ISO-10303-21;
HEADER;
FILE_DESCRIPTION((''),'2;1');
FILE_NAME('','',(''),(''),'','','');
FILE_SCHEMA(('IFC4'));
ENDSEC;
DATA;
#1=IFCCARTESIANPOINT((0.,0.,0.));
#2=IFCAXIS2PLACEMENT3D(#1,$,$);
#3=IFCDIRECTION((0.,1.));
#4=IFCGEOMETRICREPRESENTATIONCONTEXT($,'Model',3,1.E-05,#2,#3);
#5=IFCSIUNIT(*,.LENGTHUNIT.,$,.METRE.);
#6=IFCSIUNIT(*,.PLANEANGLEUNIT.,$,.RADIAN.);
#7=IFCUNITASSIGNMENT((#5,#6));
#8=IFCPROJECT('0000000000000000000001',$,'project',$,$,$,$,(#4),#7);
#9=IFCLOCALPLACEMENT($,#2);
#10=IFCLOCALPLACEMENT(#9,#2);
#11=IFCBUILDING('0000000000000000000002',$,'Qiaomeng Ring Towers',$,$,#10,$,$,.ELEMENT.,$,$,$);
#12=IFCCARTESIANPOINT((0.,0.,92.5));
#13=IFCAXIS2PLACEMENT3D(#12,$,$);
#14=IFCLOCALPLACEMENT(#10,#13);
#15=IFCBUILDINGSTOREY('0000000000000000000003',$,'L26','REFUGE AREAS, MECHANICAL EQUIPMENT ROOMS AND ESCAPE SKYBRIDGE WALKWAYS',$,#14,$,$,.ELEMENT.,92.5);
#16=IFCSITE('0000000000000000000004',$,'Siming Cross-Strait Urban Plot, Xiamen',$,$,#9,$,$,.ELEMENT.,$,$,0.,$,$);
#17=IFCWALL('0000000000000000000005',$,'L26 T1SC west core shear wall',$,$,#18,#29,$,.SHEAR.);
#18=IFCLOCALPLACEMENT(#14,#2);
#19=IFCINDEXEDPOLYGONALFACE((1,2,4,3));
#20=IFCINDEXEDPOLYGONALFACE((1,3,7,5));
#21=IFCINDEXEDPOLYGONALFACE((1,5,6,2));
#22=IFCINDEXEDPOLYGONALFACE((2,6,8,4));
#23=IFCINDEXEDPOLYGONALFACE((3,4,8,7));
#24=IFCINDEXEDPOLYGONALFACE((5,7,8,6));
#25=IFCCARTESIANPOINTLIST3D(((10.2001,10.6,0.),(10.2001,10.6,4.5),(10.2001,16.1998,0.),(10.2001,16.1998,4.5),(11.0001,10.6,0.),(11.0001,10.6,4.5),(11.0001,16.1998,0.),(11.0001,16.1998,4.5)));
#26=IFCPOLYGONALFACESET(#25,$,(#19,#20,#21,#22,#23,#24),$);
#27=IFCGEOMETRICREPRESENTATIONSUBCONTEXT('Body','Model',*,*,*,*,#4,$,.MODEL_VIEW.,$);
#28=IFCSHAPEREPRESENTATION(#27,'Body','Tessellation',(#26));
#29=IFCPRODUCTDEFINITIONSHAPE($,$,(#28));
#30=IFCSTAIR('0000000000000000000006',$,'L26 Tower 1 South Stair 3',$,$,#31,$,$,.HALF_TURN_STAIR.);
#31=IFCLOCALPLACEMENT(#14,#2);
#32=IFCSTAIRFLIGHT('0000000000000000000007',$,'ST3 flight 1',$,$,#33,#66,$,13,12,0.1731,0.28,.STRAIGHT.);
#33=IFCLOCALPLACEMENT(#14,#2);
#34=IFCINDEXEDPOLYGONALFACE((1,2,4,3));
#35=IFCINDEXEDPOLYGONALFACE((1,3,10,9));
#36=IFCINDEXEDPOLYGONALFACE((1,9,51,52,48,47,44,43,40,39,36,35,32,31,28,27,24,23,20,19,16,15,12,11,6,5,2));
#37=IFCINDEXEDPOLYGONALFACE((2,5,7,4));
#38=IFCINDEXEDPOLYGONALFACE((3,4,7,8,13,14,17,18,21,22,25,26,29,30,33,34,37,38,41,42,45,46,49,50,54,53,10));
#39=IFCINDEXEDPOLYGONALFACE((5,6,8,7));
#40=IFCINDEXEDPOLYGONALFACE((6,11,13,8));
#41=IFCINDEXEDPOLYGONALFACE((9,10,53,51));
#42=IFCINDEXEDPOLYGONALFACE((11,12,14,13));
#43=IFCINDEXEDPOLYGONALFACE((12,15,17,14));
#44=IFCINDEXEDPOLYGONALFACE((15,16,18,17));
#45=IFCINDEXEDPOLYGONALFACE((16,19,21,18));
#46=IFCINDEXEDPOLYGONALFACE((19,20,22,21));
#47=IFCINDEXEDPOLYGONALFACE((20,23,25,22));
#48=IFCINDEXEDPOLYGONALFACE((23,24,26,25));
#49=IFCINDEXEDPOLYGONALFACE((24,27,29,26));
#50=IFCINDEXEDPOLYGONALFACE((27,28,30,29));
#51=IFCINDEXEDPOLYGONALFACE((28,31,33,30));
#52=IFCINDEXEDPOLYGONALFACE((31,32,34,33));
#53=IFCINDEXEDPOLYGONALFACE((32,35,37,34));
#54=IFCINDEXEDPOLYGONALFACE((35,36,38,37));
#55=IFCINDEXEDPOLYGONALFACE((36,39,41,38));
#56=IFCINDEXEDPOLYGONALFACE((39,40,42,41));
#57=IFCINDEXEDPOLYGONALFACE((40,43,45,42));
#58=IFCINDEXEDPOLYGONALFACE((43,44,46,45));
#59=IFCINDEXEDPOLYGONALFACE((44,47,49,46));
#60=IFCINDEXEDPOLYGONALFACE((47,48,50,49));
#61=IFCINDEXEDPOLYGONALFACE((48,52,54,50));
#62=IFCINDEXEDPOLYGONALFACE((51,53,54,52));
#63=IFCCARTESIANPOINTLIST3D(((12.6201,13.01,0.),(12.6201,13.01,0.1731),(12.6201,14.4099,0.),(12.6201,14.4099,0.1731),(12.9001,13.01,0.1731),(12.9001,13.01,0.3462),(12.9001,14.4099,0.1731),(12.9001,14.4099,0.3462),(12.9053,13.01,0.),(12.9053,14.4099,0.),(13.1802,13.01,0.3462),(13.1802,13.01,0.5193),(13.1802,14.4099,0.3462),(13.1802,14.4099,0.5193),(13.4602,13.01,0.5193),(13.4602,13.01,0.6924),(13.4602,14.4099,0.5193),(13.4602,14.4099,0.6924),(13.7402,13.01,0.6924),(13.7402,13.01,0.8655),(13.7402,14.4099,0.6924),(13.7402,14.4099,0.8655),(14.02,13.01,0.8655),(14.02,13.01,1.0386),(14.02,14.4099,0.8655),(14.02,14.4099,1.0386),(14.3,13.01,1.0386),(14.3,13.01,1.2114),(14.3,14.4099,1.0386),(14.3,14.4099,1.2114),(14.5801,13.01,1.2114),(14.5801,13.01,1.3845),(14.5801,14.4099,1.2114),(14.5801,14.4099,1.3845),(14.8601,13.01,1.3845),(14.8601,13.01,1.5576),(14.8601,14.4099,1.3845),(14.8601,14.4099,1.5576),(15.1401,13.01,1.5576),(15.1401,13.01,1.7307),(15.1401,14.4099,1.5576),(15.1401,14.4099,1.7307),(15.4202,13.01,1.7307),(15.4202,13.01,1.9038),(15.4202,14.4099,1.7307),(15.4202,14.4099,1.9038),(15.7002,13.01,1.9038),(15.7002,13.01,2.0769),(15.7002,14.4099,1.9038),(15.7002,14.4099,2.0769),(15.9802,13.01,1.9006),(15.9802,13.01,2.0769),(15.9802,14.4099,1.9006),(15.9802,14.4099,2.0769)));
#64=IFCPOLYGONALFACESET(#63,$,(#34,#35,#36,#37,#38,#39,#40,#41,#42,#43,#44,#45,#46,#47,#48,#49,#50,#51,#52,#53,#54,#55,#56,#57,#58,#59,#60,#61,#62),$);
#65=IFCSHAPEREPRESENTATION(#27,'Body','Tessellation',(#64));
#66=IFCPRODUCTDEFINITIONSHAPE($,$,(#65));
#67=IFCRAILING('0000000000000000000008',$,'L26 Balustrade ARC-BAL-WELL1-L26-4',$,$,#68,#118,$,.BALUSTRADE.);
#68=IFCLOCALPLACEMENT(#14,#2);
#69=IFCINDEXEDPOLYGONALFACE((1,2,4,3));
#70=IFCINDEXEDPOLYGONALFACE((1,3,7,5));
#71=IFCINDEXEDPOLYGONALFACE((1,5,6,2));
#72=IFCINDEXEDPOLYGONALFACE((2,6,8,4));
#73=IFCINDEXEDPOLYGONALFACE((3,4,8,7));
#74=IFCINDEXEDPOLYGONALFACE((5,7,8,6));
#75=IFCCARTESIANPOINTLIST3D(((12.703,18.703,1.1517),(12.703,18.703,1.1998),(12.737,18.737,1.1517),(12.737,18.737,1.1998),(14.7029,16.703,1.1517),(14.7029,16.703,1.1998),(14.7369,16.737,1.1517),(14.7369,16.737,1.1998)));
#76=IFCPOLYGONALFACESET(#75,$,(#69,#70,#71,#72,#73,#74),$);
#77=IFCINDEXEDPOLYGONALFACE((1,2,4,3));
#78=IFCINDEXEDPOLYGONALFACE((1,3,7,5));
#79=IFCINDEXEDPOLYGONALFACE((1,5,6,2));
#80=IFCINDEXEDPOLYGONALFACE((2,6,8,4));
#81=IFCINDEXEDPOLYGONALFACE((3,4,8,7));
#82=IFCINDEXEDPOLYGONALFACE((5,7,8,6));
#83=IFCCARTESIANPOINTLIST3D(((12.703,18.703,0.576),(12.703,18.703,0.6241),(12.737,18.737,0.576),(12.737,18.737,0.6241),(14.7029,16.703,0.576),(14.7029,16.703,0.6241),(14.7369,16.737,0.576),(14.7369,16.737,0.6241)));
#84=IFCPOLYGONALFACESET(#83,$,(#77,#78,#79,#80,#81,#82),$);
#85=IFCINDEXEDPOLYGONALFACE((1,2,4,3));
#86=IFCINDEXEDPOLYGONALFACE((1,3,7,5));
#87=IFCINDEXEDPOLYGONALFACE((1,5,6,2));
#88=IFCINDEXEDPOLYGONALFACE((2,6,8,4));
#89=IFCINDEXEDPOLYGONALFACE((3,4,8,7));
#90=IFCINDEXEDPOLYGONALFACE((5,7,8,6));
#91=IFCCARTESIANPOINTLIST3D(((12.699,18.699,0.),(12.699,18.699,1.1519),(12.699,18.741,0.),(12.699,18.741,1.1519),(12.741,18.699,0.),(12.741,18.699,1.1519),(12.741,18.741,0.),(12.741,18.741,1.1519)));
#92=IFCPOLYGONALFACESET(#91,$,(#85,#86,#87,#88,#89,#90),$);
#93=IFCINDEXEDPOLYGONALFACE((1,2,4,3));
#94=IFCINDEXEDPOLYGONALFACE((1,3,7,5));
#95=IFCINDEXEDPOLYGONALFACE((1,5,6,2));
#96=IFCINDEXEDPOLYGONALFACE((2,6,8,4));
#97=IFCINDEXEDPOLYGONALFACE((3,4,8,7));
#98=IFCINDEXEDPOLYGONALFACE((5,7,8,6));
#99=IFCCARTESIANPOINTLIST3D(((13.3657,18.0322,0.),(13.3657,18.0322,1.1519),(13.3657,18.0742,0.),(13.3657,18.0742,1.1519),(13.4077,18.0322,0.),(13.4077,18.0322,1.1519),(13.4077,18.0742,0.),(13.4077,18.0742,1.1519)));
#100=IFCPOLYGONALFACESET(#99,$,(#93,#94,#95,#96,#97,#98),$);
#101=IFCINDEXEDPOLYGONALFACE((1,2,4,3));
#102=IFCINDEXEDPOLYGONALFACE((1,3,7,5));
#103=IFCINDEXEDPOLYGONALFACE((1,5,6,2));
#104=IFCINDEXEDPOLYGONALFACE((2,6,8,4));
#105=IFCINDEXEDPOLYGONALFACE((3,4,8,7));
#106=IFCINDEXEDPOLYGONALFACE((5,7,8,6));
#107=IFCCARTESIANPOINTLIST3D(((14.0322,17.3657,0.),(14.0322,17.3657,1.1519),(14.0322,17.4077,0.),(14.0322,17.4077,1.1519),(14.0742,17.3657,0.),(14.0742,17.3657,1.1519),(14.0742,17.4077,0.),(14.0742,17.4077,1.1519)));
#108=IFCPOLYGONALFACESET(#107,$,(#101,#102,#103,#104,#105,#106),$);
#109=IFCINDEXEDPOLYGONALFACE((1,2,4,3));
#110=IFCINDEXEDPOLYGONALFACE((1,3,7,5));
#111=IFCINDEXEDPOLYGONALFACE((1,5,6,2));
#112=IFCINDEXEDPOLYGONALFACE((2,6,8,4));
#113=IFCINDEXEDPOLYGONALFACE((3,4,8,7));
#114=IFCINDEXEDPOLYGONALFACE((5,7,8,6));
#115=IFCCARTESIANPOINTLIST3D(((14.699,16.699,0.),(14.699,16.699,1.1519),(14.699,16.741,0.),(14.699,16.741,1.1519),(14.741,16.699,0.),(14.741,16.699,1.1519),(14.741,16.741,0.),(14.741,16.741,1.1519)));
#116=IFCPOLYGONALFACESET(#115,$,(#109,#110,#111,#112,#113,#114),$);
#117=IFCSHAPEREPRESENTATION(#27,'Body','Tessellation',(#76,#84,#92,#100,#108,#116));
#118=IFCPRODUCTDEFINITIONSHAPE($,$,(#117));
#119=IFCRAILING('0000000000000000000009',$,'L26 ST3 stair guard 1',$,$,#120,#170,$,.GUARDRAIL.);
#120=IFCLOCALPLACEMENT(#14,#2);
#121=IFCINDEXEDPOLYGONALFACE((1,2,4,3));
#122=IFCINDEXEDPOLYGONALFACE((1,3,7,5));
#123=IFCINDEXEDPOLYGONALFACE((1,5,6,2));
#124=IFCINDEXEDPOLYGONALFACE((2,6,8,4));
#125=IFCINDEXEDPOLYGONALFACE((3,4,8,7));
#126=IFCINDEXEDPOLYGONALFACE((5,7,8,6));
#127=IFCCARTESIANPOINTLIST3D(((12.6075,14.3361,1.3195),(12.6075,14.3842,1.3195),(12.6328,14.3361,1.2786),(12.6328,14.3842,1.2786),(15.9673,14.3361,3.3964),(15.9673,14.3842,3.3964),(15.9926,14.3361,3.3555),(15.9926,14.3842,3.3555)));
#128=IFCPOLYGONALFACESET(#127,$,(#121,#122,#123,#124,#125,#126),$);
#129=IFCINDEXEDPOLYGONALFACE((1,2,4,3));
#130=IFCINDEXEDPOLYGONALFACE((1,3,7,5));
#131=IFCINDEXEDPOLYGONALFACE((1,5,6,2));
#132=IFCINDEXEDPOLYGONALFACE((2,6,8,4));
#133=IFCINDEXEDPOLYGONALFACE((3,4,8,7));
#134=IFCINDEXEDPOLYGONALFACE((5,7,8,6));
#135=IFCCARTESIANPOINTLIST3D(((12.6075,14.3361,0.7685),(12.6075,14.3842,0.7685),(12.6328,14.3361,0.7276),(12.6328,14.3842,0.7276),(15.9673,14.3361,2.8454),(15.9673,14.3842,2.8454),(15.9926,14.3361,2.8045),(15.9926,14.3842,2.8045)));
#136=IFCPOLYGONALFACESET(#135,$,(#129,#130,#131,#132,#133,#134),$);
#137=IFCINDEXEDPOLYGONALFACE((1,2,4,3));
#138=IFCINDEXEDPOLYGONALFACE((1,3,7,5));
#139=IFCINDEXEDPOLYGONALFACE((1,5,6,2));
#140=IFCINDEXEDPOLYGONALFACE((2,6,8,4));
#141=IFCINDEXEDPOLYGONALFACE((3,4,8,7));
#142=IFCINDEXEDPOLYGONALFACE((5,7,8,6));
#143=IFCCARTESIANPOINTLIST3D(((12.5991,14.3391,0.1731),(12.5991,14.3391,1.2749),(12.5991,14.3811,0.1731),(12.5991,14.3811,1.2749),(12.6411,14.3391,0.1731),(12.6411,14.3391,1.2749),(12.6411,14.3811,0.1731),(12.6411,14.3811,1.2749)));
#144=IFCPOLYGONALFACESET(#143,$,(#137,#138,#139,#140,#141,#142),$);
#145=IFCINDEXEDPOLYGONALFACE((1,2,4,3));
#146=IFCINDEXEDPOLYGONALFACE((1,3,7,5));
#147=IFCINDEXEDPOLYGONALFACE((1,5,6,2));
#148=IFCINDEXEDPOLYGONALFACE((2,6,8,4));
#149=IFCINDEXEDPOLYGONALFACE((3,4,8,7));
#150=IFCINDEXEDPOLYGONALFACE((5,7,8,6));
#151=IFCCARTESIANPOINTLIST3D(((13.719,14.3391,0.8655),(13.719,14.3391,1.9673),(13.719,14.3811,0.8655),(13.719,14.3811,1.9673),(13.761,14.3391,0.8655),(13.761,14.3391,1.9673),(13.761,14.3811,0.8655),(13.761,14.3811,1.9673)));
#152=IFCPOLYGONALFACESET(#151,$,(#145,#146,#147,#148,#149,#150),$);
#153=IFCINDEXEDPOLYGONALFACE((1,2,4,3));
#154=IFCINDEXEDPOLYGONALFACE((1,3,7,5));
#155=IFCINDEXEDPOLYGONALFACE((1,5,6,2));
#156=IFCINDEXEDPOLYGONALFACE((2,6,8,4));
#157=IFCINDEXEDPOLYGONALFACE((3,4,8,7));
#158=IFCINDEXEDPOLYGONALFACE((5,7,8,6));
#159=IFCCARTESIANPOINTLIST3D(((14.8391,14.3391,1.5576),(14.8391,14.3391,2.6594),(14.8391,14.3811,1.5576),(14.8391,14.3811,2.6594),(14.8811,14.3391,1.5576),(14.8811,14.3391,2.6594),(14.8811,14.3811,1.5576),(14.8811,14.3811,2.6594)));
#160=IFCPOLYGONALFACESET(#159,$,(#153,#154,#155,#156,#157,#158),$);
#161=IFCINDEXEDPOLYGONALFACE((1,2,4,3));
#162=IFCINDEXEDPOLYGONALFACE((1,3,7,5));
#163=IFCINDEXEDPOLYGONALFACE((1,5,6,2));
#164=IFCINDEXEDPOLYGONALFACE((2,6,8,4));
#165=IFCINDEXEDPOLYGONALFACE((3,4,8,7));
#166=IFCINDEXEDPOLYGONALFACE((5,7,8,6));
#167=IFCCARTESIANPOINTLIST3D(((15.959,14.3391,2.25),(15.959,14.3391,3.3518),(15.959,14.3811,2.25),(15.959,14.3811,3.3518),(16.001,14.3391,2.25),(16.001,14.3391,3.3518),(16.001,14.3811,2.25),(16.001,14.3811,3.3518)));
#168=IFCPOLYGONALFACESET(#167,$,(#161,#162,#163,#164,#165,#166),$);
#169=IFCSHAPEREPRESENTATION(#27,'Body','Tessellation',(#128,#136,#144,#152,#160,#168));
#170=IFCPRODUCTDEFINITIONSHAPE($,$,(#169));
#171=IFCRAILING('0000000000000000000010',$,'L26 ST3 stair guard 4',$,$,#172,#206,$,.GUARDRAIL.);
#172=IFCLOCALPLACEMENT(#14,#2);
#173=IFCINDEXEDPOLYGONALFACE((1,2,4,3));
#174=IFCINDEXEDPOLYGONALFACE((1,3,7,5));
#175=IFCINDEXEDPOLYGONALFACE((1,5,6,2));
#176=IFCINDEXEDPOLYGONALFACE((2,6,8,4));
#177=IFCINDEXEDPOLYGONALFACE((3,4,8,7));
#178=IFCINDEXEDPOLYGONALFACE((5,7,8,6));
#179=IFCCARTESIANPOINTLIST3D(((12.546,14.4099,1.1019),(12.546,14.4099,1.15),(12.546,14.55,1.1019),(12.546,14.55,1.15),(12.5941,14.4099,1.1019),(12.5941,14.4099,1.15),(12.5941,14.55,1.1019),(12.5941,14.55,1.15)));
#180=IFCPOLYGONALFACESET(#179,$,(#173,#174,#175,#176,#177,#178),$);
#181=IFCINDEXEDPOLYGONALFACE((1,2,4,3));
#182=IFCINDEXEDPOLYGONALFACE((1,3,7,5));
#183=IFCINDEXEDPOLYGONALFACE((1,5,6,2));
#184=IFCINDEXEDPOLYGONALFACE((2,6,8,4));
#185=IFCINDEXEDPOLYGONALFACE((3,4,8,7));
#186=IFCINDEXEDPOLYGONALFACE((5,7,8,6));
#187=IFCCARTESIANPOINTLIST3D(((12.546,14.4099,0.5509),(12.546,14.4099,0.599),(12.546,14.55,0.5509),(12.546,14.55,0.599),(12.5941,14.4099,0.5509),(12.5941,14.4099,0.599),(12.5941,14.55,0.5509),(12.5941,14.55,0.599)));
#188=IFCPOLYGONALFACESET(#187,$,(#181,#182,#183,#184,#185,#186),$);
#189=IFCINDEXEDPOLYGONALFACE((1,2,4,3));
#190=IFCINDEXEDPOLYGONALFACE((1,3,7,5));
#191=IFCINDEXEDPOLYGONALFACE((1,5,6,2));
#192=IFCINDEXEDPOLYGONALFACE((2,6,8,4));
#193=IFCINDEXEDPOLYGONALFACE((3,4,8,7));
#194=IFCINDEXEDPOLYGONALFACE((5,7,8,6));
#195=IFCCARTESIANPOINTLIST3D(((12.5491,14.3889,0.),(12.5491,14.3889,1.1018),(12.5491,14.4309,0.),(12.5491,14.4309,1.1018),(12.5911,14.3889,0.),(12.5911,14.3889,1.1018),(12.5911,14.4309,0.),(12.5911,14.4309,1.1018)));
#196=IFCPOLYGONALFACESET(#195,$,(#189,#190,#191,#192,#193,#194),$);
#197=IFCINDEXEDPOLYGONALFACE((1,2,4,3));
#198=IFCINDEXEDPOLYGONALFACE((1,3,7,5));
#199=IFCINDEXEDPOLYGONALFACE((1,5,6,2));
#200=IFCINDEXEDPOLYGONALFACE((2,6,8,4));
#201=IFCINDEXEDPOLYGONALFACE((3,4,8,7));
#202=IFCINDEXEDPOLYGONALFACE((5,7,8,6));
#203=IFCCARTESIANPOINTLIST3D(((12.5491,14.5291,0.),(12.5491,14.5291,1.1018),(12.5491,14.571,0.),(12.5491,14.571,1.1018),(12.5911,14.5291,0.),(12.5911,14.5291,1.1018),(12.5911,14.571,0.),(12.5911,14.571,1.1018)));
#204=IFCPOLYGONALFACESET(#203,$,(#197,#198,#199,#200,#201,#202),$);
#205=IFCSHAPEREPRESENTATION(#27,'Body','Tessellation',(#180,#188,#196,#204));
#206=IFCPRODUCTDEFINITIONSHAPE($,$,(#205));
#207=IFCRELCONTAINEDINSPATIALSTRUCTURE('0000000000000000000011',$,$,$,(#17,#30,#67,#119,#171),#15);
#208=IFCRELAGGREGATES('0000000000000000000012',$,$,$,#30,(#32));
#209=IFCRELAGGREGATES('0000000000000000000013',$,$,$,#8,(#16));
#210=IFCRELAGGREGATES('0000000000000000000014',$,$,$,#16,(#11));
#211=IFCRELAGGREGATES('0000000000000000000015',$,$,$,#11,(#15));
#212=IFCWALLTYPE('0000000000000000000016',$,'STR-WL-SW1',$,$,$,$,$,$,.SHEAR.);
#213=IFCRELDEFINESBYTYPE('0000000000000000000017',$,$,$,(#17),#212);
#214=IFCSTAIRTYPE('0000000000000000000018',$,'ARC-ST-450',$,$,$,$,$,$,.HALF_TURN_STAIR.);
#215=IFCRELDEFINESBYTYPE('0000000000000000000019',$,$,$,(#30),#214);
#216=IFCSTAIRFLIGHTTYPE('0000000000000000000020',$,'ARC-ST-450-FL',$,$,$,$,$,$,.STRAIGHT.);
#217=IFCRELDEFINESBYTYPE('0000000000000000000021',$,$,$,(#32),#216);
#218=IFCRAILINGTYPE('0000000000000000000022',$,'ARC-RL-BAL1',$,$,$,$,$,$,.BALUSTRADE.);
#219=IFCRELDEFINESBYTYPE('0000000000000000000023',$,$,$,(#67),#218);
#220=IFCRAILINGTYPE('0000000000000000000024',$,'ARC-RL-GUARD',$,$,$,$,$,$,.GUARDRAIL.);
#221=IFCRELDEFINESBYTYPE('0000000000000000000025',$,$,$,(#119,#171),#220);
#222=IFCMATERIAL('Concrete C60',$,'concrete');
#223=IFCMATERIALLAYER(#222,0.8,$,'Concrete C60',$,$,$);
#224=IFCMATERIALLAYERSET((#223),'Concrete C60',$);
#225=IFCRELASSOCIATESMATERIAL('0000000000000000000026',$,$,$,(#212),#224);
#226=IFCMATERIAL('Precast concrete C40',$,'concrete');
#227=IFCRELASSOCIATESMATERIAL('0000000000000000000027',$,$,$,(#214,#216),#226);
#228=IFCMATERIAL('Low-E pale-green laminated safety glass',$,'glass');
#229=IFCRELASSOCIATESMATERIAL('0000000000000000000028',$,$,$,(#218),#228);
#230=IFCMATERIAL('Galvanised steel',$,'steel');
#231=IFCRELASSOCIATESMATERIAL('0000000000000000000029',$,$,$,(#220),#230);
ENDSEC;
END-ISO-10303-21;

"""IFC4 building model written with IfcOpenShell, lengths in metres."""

from ifc_helpers import new_model, si_unit, direction, frame, frame_2d, origin, origin_2d, place, context, subcontext, project, spatial, polyline, rectangle, outline, extrude, source, transform, mapped, material, layer, layer_set, type_object, element, aggregate, save


model = new_model("IFC4")

# Units and contexts
model_context = context("Model", 3, precision=1e-05, world=origin(), true_north=direction((0.0, 1.0)))
body_context = subcontext(model_context, "Body", "Model", "MODEL_VIEW")
ifc_project = project(units=[si_unit("LENGTHUNIT", "METRE"), si_unit("PLANEANGLEUNIT", "RADIAN")], contexts=[model_context])

# Site, building, storey
site_placement = place(None, origin())
site = spatial("IfcSite", under=ifc_project, at=site_placement, Name="Siming Cross-Strait Urban Plot, Xiamen", CompositionType="ELEMENT", RefElevation=0.0)
building_placement = place(site_placement, origin())
building = spatial("IfcBuilding", under=site, at=building_placement, Name="Qiaomeng Ring Towers", CompositionType="ELEMENT")
storey_placement = place(building_placement, frame((0.0, 0.0, 92.5)))
storey = spatial("IfcBuildingStorey", under=building, at=storey_placement, Name="L26", Description="REFUGE AREAS, MECHANICAL EQUIPMENT ROOMS AND ESCAPE SKYBRIDGE WALKWAYS", CompositionType="ELEMENT", Elevation=92.5)

# Shared definitions
ifc_material_1 = material(Name="Galvanised steel", Category="steel")

# Shared definitions
ifc_material_2 = material(Name="Concrete C60", Category="concrete")
ifc_layer_1 = layer(ifc_material_2, 0.8, Name="Concrete C60")
ifc_layer_set_1 = layer_set([ifc_layer_1], Name="Concrete C60")
wall_type_1 = type_object("IfcWallType", Name="STR-WL-SW1", PredefinedType="SHEAR", material=ifc_layer_set_1)

# Wall
wall_1_placement = place(storey_placement, frame((10.6001, 10.6001, 0.0), z_axis=(0.0, 0.0, 1.0), x_axis=(0.0, 1.0, 0.0)))
element("IfcWall", 1, at=wall_1_placement, inside=storey, type_object=wall_type_1, Name="L26 T1SC west core shear wall", PredefinedType="SHEAR", context=body_context, shape_type="SweptSolid", body=[
    extrude(rectangle(XDim=5.5999, YDim=0.8, at=frame_2d((2.7998, 0.0))), origin(), (0.0, 0.0, 1.0), 4.5),
])

# Stair, stair flight
ifc_material_3 = material(Name="Precast concrete C40", Category="concrete")
stair_type = type_object("IfcStairType", Name="ARC-ST-450", PredefinedType="HALF_TURN_STAIR", material=ifc_material_3)
stair_placement = place(storey_placement, origin())
stair = element("IfcStair", 2, at=stair_placement, inside=storey, type_object=stair_type, Name="L26 Tower 1 South Stair 3", PredefinedType="HALF_TURN_STAIR")
stair_flight_type = type_object("IfcStairFlightType", Name="ARC-ST-450-FL", PredefinedType="STRAIGHT", material=ifc_material_3)
shared_shape_1 = source(origin(), body_context, "Body", "SweptSolid", [
    extrude(outline(polyline([(0.0, 0.0), (0.0, 0.1731), (0.28, 0.1731), (0.28, 0.3462), (0.5601, 0.3462), (0.5601, 0.5193), (0.8401, 0.5193), (0.8401, 0.6924), (1.1201, 0.6924), (1.1201, 0.8655), (1.3999, 0.8655), (1.3999, 1.0386), (1.6799, 1.0386), (1.6799, 1.2114), (1.96, 1.2114), (1.96, 1.3845), (2.24, 1.3845), (2.24, 1.5576), (2.52, 1.5576), (2.52, 1.7307), (2.8, 1.7307), (2.8, 1.9038), (3.0801, 1.9038), (3.0801, 2.0769), (3.3601, 2.0769), (3.3601, 2.25), (3.3601, 1.9006), (0.2852, 0.0), (0.0, 0.0)])), frame((0.0, 0.7, 0.0), z_axis=(0.0, -1.0, 0.0), x_axis=(1.0, 0.0, 0.0)), (0.0, 0.0, 1.0), 1.3999),
])
stair_flight_placement = place(storey_placement, frame((12.6201, 13.71, 0.0), z_axis=(0.0, 0.0, 1.0), x_axis=(1.0, 0.0, 0.0)))
stair_flight = element("IfcStairFlight", 3, at=stair_flight_placement, type_object=stair_flight_type, Name="ST3 flight 1", NumberOfRisers=13, NumberOfTreads=12, PredefinedType="STRAIGHT", RiserHeight=0.1731, TreadLength=0.28, context=body_context, shape_type="MappedRepresentation", body=[
    mapped(shared_shape_1, transform((0.0, 0.0, 0.0), x_axis=(1.0, 0.0, 0.0), y_axis=(0.0, 1.0, 0.0), z_axis=(0.0, 0.0, 1.0), scale=1.0)),
])
aggregate(stair, [stair_flight])

# Railings
ifc_material_4 = material(Name="Low-E pale-green laminated safety glass", Category="glass")
railing_type_1 = type_object("IfcRailingType", Name="ARC-RL-BAL1", PredefinedType="BALUSTRADE", material=ifc_material_4)
railing_1_placement = place(storey_placement, frame((12.72, 18.72, 0.0)))
element("IfcRailing", 4, at=railing_1_placement, inside=storey, type_object=railing_type_1, Name="L26 Balustrade ARC-BAL-WELL1-L26-4", PredefinedType="BALUSTRADE", context=body_context, shape_type="SweptSolid", body=[
    extrude(rectangle(XDim=0.0481, YDim=0.0481, at=origin_2d()), frame((0.0, 0.0, 1.1758), z_axis=(0.707107, -0.707107, 0.0), x_axis=(0.707107, 0.707107, 0.0)), (0.0, 0.0, 1.0), 2.8284),
    extrude(rectangle(XDim=0.0481, YDim=0.0481, at=origin_2d()), frame((0.0, 0.0, 0.6001), z_axis=(0.707107, -0.707107, 0.0), x_axis=(0.707107, 0.707107, 0.0)), (0.0, 0.0, 1.0), 2.8284),
    extrude(rectangle(XDim=0.042, YDim=0.042, at=origin_2d()), origin(), (0.0, 0.0, 1.0), 1.1519),
    extrude(rectangle(XDim=0.042, YDim=0.042, at=origin_2d()), frame((0.6667, -0.6667, 0.0)), (0.0, 0.0, 1.0), 1.1519),
    extrude(rectangle(XDim=0.042, YDim=0.042, at=origin_2d()), frame((1.3333, -1.3333, 0.0)), (0.0, 0.0, 1.0), 1.1519),
    extrude(rectangle(XDim=0.042, YDim=0.042, at=origin_2d()), frame((2.0, -2.0, 0.0)), (0.0, 0.0, 1.0), 1.1519),
])
railing_type_2 = type_object("IfcRailingType", Name="ARC-RL-GUARD", PredefinedType="GUARDRAIL", material=ifc_material_1)
railing_2_placement = place(storey_placement, frame((12.6201, 14.3601, 0.1731)))
element("IfcRailing", 5, at=railing_2_placement, inside=storey, type_object=railing_type_2, Name="L26 ST3 stair guard 1", PredefinedType="GUARDRAIL", context=body_context, shape_type="SweptSolid", body=[
    extrude(rectangle(XDim=0.0481, YDim=0.0481, at=origin_2d()), frame((0.0, 0.0, 1.126), z_axis=(0.850606, 0.0, 0.525803), x_axis=(0.0, 1.0, 0.0)), (0.0, 0.0, 1.0), 3.95),
    extrude(rectangle(XDim=0.0481, YDim=0.0481, at=origin_2d()), frame((0.0, 0.0, 0.575), z_axis=(0.850606, 0.0, 0.525803), x_axis=(0.0, 1.0, 0.0)), (0.0, 0.0, 1.0), 3.95),
    extrude(rectangle(XDim=0.042, YDim=0.042, at=origin_2d()), origin(), (0.0, 0.0, 1.0), 1.1018),
    extrude(rectangle(XDim=0.042, YDim=0.042, at=origin_2d()), frame((1.1199, 0.0, 0.6924)), (0.0, 0.0, 1.0), 1.1018),
    extrude(rectangle(XDim=0.042, YDim=0.042, at=origin_2d()), frame((2.24, 0.0, 1.3845)), (0.0, 0.0, 1.0), 1.1018),
    extrude(rectangle(XDim=0.042, YDim=0.042, at=origin_2d()), frame((3.3599, 0.0, 2.0769)), (0.0, 0.0, 1.0), 1.1018),
])
railing_3_placement = place(storey_placement, frame((12.5701, 14.4099, 0.0)))
element("IfcRailing", 6, at=railing_3_placement, inside=storey, type_object=railing_type_2, Name="L26 ST3 stair guard 4", PredefinedType="GUARDRAIL", context=body_context, shape_type="SweptSolid", body=[
    extrude(rectangle(XDim=0.0481, YDim=0.0481, at=origin_2d()), frame((0.0, 0.0, 1.126), z_axis=(0.0, 1.0, 0.0), x_axis=(-1.0, 0.0, 0.0)), (0.0, 0.0, 1.0), 0.1401),
    extrude(rectangle(XDim=0.0481, YDim=0.0481, at=origin_2d()), frame((0.0, 0.0, 0.575), z_axis=(0.0, 1.0, 0.0), x_axis=(-1.0, 0.0, 0.0)), (0.0, 0.0, 1.0), 0.1401),
    extrude(rectangle(XDim=0.042, YDim=0.042, at=origin_2d()), origin(), (0.0, 0.0, 1.0), 1.1018),
    extrude(rectangle(XDim=0.042, YDim=0.042, at=origin_2d()), frame((0.0, 0.1401, 0.0)), (0.0, 0.0, 1.0), 1.1018),
])

save(model, "model.ifc")
